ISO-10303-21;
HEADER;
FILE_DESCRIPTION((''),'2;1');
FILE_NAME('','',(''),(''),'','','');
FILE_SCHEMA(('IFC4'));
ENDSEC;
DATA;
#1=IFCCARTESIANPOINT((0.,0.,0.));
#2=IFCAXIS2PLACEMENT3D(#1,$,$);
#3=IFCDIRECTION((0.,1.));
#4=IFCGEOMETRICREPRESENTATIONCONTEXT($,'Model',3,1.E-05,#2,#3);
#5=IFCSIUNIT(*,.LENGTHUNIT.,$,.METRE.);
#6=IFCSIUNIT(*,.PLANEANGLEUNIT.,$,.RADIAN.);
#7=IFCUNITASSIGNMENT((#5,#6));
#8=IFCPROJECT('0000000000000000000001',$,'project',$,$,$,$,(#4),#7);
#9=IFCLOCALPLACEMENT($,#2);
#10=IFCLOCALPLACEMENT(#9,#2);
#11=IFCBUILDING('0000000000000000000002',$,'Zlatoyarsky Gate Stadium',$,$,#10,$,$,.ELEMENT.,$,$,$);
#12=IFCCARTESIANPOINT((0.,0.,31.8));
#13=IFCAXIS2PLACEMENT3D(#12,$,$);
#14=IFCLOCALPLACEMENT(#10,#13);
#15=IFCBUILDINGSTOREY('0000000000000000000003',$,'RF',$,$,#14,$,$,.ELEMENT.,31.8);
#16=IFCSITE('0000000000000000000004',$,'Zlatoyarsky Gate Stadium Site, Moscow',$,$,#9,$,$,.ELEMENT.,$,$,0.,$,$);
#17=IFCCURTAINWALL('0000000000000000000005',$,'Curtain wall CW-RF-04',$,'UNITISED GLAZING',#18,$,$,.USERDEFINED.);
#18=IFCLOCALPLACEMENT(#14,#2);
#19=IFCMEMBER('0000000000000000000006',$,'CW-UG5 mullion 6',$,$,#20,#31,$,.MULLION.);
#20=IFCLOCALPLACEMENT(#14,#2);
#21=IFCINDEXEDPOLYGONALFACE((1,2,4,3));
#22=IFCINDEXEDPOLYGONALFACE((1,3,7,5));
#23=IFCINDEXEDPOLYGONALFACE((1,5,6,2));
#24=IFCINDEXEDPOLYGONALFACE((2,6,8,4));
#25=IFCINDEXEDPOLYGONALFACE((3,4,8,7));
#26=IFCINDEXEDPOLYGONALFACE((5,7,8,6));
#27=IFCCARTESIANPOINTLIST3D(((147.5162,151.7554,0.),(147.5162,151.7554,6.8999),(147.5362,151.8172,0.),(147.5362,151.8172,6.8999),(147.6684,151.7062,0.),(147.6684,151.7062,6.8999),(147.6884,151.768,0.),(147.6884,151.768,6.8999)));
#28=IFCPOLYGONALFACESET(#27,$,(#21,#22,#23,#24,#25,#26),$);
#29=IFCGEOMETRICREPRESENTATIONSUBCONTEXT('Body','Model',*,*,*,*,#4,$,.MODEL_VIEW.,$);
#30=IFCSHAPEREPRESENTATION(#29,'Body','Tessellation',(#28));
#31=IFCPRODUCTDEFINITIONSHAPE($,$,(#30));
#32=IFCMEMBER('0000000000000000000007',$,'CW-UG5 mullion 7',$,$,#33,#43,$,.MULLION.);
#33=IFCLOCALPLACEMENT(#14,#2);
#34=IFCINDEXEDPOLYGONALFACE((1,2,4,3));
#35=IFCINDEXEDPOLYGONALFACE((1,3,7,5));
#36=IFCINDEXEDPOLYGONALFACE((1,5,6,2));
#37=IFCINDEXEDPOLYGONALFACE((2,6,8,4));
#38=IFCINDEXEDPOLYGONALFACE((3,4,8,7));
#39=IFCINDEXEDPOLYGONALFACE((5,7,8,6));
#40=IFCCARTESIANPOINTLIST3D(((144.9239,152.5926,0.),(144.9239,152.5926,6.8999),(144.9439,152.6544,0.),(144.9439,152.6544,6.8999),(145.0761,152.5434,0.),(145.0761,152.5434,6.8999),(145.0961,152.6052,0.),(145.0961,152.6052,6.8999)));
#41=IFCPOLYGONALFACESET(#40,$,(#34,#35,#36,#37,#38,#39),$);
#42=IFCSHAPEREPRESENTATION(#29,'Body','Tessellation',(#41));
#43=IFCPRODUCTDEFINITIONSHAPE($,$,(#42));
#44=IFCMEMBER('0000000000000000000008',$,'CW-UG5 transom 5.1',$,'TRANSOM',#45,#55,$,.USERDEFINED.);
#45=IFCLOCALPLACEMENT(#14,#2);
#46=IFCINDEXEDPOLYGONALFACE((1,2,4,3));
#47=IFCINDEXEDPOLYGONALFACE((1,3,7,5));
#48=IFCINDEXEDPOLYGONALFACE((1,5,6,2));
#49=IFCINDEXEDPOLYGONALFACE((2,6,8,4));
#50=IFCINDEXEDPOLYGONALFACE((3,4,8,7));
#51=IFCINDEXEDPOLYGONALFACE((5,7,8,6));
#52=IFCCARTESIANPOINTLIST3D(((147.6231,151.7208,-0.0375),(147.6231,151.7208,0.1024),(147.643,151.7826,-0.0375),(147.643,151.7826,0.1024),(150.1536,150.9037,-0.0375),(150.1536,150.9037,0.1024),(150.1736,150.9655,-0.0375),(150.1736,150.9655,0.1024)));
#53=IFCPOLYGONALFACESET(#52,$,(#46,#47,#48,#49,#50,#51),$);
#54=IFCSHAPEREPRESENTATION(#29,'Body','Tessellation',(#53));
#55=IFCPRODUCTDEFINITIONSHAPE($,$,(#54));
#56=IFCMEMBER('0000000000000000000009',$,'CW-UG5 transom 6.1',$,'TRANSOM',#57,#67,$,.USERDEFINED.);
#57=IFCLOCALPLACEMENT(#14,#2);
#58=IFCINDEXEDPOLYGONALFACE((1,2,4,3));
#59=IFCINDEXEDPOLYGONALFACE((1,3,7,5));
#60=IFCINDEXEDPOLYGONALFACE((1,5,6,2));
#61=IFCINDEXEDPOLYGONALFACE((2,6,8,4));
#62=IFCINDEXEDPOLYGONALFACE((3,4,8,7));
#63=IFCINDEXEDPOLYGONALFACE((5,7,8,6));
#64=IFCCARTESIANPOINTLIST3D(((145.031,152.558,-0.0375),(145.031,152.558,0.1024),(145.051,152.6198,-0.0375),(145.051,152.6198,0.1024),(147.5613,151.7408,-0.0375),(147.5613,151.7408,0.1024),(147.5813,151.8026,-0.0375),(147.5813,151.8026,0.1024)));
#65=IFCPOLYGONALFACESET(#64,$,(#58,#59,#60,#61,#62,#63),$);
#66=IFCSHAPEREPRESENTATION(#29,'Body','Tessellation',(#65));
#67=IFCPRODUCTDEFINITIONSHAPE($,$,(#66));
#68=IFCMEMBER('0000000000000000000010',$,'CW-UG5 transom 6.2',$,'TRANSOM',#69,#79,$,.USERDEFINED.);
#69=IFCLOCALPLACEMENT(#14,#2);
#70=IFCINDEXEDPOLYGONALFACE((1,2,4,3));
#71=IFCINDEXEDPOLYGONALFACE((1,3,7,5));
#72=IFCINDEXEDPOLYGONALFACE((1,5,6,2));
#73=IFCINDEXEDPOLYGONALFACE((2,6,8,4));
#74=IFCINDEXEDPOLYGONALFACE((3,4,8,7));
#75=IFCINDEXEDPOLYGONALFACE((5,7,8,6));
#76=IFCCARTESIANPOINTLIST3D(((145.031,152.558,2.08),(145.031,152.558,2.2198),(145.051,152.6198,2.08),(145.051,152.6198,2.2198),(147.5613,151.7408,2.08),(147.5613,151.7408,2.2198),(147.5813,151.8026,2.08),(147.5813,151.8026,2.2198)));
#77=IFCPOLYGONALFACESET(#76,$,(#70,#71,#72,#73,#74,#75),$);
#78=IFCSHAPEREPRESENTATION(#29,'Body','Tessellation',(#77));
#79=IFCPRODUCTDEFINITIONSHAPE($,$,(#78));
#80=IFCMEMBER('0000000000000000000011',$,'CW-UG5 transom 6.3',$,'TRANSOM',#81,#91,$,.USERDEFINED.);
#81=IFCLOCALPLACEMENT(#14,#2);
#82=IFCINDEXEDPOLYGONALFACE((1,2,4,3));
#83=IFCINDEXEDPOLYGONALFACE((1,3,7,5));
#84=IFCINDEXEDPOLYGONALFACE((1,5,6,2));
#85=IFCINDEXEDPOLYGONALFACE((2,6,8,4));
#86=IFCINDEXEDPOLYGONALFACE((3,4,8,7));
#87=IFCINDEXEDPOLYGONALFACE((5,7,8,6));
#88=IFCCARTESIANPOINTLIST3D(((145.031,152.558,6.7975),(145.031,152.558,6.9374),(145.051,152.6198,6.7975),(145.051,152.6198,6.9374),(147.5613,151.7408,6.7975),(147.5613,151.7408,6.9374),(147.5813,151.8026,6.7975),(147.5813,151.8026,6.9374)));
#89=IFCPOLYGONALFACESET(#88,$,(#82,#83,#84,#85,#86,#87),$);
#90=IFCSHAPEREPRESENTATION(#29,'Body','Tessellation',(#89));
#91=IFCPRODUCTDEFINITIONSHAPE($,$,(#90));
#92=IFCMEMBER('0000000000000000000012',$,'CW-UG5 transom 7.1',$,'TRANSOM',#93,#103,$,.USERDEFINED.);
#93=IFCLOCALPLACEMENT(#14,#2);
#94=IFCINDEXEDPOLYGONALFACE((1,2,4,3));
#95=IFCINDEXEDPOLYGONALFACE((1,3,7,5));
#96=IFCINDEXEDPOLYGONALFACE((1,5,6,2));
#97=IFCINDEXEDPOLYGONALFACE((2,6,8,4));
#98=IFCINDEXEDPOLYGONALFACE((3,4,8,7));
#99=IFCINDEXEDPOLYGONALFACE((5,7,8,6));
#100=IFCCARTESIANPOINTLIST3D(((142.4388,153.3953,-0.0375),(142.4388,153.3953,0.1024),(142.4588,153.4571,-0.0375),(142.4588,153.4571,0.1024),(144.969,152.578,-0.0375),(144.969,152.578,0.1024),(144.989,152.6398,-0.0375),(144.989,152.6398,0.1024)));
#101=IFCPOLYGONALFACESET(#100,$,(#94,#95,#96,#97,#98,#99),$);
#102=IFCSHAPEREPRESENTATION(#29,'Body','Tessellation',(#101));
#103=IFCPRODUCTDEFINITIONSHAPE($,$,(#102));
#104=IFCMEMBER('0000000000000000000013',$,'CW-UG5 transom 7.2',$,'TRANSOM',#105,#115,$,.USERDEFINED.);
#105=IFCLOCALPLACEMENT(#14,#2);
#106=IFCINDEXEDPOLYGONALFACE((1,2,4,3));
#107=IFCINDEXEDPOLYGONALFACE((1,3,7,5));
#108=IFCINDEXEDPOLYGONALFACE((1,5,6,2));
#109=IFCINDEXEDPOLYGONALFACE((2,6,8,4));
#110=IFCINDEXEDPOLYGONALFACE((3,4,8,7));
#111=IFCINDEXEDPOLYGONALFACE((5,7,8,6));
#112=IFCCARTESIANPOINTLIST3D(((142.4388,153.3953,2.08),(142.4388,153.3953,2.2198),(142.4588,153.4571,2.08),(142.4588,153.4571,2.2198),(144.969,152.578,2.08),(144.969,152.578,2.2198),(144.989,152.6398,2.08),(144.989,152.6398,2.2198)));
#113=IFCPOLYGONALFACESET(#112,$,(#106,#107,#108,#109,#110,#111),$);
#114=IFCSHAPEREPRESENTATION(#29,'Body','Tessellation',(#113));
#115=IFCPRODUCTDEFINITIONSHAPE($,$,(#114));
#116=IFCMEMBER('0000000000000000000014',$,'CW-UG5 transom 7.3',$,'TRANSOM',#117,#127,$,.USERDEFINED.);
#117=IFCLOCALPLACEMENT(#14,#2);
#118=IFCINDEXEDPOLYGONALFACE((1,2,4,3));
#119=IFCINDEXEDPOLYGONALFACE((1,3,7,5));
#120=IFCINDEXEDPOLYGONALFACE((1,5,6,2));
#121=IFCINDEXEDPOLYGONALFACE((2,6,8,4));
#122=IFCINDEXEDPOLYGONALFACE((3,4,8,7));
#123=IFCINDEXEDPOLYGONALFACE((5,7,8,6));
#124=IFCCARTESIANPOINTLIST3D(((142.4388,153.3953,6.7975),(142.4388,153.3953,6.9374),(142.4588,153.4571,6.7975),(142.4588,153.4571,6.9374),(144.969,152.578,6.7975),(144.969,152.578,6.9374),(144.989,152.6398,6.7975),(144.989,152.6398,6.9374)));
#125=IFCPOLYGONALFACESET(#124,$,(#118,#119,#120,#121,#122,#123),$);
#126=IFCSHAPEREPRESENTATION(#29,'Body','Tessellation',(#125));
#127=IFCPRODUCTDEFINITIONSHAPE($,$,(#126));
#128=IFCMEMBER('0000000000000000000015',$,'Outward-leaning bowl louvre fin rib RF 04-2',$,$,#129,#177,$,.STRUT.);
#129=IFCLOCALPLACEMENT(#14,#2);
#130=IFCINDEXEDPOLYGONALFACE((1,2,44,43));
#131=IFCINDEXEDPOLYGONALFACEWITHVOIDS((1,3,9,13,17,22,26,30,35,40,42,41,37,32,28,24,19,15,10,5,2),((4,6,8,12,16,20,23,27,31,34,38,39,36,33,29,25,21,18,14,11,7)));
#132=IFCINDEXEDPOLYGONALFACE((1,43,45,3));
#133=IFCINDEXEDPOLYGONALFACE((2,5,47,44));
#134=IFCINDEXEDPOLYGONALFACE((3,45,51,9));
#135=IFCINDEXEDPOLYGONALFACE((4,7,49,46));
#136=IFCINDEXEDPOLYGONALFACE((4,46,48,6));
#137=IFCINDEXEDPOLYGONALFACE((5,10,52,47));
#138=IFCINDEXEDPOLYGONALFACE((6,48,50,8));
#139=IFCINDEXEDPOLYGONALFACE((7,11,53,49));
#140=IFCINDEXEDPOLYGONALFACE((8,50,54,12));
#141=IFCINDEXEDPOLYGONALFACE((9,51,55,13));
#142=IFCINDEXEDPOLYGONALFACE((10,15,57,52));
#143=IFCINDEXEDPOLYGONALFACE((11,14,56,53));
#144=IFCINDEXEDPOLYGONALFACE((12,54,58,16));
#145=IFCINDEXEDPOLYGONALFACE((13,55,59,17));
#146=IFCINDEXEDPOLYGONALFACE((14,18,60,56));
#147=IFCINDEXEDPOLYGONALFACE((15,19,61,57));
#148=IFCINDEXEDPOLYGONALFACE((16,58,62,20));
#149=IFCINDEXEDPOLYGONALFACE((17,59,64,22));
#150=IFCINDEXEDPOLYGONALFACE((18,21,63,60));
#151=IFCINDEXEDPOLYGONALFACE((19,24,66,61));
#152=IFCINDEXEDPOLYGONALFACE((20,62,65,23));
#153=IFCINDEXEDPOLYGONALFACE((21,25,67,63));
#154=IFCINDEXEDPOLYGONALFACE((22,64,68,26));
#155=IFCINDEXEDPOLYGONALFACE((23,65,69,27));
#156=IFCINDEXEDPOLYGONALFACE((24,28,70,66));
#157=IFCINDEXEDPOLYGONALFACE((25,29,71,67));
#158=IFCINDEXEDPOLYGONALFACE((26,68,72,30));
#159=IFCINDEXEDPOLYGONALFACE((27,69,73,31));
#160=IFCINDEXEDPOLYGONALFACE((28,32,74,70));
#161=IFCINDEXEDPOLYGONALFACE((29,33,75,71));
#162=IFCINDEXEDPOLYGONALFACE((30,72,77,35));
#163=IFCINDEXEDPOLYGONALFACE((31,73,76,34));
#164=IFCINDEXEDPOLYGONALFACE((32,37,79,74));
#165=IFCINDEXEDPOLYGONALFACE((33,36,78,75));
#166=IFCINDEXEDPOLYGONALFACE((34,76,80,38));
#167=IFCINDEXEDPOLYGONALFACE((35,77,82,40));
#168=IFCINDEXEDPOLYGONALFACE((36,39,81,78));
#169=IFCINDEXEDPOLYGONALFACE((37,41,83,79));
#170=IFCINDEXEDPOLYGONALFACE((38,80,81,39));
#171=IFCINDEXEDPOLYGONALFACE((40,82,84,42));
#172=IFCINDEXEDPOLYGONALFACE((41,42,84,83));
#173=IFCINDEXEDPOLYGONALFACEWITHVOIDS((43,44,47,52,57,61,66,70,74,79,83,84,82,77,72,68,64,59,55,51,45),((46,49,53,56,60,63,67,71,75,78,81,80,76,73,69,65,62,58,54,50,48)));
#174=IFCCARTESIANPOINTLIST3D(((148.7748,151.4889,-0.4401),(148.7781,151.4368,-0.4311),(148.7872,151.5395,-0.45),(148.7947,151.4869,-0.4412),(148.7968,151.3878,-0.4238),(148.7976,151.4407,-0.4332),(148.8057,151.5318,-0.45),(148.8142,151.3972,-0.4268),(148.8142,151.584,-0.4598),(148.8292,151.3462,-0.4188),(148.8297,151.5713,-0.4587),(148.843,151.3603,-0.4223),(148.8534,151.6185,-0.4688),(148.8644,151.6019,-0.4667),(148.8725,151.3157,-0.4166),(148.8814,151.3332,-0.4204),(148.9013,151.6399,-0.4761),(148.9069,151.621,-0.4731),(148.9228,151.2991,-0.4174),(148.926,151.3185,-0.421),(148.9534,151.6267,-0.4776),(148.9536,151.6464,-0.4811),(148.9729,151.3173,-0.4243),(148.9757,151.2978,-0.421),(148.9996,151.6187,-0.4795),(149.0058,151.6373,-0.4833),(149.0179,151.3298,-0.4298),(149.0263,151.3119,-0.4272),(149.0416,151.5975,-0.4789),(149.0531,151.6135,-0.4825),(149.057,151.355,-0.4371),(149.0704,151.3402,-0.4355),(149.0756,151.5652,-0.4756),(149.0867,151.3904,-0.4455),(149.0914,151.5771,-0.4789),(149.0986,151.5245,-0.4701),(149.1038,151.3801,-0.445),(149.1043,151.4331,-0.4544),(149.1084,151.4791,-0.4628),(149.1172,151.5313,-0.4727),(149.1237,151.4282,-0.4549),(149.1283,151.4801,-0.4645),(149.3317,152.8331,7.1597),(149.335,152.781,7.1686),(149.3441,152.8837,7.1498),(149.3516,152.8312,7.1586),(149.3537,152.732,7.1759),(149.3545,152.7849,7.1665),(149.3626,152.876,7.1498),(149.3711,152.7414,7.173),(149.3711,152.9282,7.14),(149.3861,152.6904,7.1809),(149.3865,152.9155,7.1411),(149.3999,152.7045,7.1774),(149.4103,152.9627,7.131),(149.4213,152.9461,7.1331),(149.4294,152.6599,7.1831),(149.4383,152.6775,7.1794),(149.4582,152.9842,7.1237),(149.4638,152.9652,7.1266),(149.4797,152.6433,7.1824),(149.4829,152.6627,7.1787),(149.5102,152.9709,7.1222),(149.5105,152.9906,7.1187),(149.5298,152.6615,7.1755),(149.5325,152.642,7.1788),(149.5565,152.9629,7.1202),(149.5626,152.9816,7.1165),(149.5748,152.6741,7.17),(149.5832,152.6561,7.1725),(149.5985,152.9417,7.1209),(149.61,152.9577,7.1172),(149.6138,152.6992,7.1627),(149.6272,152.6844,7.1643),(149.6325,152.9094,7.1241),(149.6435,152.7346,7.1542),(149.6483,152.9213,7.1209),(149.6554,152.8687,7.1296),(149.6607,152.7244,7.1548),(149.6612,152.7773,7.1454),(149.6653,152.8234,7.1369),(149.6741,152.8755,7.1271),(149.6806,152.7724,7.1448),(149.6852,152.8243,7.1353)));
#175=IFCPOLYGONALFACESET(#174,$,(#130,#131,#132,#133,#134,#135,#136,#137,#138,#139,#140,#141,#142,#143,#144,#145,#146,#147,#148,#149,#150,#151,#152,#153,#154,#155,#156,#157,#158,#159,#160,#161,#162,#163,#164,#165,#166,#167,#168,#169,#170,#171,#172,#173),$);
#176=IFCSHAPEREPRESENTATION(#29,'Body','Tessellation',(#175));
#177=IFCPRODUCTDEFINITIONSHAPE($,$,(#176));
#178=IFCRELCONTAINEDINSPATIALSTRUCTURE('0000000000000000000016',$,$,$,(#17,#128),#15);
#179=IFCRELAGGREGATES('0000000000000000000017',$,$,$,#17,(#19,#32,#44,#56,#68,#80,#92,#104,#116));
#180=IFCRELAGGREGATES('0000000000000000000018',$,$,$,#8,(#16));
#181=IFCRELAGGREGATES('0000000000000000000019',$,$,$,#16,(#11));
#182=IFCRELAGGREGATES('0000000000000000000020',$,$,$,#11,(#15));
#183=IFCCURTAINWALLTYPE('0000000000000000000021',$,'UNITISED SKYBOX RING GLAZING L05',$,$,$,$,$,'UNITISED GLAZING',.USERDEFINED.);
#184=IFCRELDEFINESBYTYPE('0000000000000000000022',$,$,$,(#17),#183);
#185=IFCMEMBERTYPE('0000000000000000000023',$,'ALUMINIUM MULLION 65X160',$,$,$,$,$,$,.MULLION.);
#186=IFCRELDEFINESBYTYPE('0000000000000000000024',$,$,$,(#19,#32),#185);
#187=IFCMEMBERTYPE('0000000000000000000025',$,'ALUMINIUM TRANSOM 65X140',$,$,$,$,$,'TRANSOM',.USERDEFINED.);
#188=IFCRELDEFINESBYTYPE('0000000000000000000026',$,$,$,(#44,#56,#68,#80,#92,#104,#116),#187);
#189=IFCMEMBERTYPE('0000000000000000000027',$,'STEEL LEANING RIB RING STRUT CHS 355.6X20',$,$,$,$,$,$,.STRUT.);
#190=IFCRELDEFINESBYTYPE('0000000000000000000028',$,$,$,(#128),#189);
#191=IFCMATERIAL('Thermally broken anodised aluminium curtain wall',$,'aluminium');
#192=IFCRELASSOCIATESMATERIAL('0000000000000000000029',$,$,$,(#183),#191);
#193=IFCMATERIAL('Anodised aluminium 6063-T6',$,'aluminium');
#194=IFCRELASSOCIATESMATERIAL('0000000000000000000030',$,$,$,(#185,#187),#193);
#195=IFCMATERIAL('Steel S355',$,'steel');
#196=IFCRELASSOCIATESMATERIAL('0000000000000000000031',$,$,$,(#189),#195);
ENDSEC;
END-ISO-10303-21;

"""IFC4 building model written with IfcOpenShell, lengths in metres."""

from ifc_helpers import new_model, si_unit, direction, frame, origin, origin_2d, place, context, subcontext, project, spatial, rectangle, hollow_circle, extrude, material, material_profile, profile_set, type_object, element, aggregate, save


model = new_model("IFC4")

# Units and contexts
model_context = context("Model", 3, precision=1e-05, world=origin(), true_north=direction((0.0, 1.0)))
body_context = subcontext(model_context, "Body", "Model", "MODEL_VIEW")
ifc_project = project(units=[si_unit("LENGTHUNIT", "METRE"), si_unit("PLANEANGLEUNIT", "RADIAN")], contexts=[model_context])

# Site, building, storey
site_placement = place(None, origin())
site = spatial("IfcSite", under=ifc_project, at=site_placement, Name="Zlatoyarsky Gate Stadium Site, Moscow", CompositionType="ELEMENT", RefElevation=0.0)
building_placement = place(site_placement, origin())
building = spatial("IfcBuilding", under=site, at=building_placement, Name="Zlatoyarsky Gate Stadium", CompositionType="ELEMENT")
storey_placement = place(building_placement, frame((0.0, 0.0, 31.8)))
storey = spatial("IfcBuildingStorey", under=building, at=storey_placement, Name="RF", CompositionType="ELEMENT", Elevation=31.8)

# Curtain wall, members
ifc_material_1 = material(Name="Thermally broken anodised aluminium curtain wall", Category="aluminium")
curtain_wall_type = type_object("IfcCurtainWallType", Name="UNITISED SKYBOX RING GLAZING L05", ElementType="UNITISED GLAZING", PredefinedType="USERDEFINED", material=ifc_material_1)
curtain_wall_placement = place(storey_placement, origin())
curtain_wall = element("IfcCurtainWall", 1, at=curtain_wall_placement, inside=storey, type_object=curtain_wall_type, Name="Curtain wall CW-RF-04", ObjectType="UNITISED GLAZING", PredefinedType="USERDEFINED")
ifc_material_2 = material(Name="Anodised aluminium 6063-T6", Category="aluminium")
ifc_material_profile_1 = material_profile(ifc_material_2, rectangle(XDim=0.0649, YDim=0.1599, at=origin_2d()), Name="ALU 65X160")
ifc_profile_set_1 = profile_set([ifc_material_profile_1], Name="Anodised aluminium 6063-T6")
member_type_1 = type_object("IfcMemberType", Name="ALUMINIUM MULLION 65X160", PredefinedType="MULLION", material=ifc_profile_set_1)
member_1_placement = place(storey_placement, frame((147.6023, 151.7617, 0.0), z_axis=(0.0, 0.0, 1.0), x_axis=(-0.307352, -0.951596, 0.0)))
member_1 = element("IfcMember", 2, at=member_1_placement, type_object=member_type_1, Name="CW-UG5 mullion 6", PredefinedType="MULLION", context=body_context, shape_type="SweptSolid", body=[
    extrude(rectangle(XDim=0.0649, YDim=0.1599, at=origin_2d()), origin(), (0.0, 0.0, 1.0), 6.8999),
])
member_2_placement = place(storey_placement, frame((145.01, 152.5989, 0.0), z_axis=(0.0, 0.0, 1.0), x_axis=(-0.307352, -0.951596, 0.0)))
member_2 = element("IfcMember", 3, at=member_2_placement, type_object=member_type_1, Name="CW-UG5 mullion 7", PredefinedType="MULLION", context=body_context, shape_type="SweptSolid", body=[
    extrude(rectangle(XDim=0.0649, YDim=0.1599, at=origin_2d()), origin(), (0.0, 0.0, 1.0), 6.8999),
])
ifc_material_profile_2 = material_profile(ifc_material_2, rectangle(XDim=0.0649, YDim=0.1399, at=origin_2d()), Name="ALU 65X140")
ifc_profile_set_2 = profile_set([ifc_material_profile_2], Name="Anodised aluminium 6063-T6")
member_type_2 = type_object("IfcMemberType", Name="ALUMINIUM TRANSOM 65X140", ElementType="TRANSOM", PredefinedType="USERDEFINED", material=ifc_profile_set_2)
member_3_placement = place(storey_placement, frame((150.1636, 150.9346, 0.0325), z_axis=(-0.951616, 0.30729, 0.0), x_axis=(-0.30729, -0.951616, 0.0)))
member_3 = element("IfcMember", 4, at=member_3_placement, type_object=member_type_2, Name="CW-UG5 transom 5.1", ObjectType="TRANSOM", PredefinedType="USERDEFINED", context=body_context, shape_type="SweptSolid", body=[
    extrude(rectangle(XDim=0.0649, YDim=0.1399, at=origin_2d()), origin(), (0.0, 0.0, 1.0), 2.6592),
])
member_4_placement = place(storey_placement, frame((147.5713, 151.7717, 0.0325), z_axis=(-0.951607, 0.307317, 0.0), x_axis=(-0.307317, -0.951607, 0.0)))
member_4 = element("IfcMember", 5, at=member_4_placement, type_object=member_type_2, Name="CW-UG5 transom 6.1", ObjectType="TRANSOM", PredefinedType="USERDEFINED", context=body_context, shape_type="SweptSolid", body=[
    extrude(rectangle(XDim=0.0649, YDim=0.1399, at=origin_2d()), origin(), (0.0, 0.0, 1.0), 2.6589),
])
member_5_placement = place(storey_placement, frame((147.5713, 151.7717, 2.1499), z_axis=(-0.951607, 0.307317, 0.0), x_axis=(-0.307317, -0.951607, 0.0)))
member_5 = element("IfcMember", 6, at=member_5_placement, type_object=member_type_2, Name="CW-UG5 transom 6.2", ObjectType="TRANSOM", PredefinedType="USERDEFINED", context=body_context, shape_type="SweptSolid", body=[
    extrude(rectangle(XDim=0.0649, YDim=0.1399, at=origin_2d()), origin(), (0.0, 0.0, 1.0), 2.6589),
])
member_6_placement = place(storey_placement, frame((147.5713, 151.7717, 6.8674), z_axis=(-0.951607, 0.307317, 0.0), x_axis=(-0.307317, -0.951607, 0.0)))
member_6 = element("IfcMember", 7, at=member_6_placement, type_object=member_type_2, Name="CW-UG5 transom 6.3", ObjectType="TRANSOM", PredefinedType="USERDEFINED", context=body_context, shape_type="SweptSolid", body=[
    extrude(rectangle(XDim=0.0649, YDim=0.1399, at=origin_2d()), origin(), (0.0, 0.0, 1.0), 2.6589),
])
member_7_placement = place(storey_placement, frame((144.979, 152.6089, 0.0325), z_axis=(-0.95158, 0.3074, 0.0), x_axis=(-0.3074, -0.95158, 0.0)))
member_7 = element("IfcMember", 8, at=member_7_placement, type_object=member_type_2, Name="CW-UG5 transom 7.1", ObjectType="TRANSOM", PredefinedType="USERDEFINED", context=body_context, shape_type="SweptSolid", body=[
    extrude(rectangle(XDim=0.0649, YDim=0.1399, at=origin_2d()), origin(), (0.0, 0.0, 1.0), 2.6589),
])
member_8_placement = place(storey_placement, frame((144.979, 152.6089, 2.1499), z_axis=(-0.95158, 0.3074, 0.0), x_axis=(-0.3074, -0.95158, 0.0)))
member_8 = element("IfcMember", 9, at=member_8_placement, type_object=member_type_2, Name="CW-UG5 transom 7.2", ObjectType="TRANSOM", PredefinedType="USERDEFINED", context=body_context, shape_type="SweptSolid", body=[
    extrude(rectangle(XDim=0.0649, YDim=0.1399, at=origin_2d()), origin(), (0.0, 0.0, 1.0), 2.6589),
])
member_9_placement = place(storey_placement, frame((144.979, 152.6089, 6.8674), z_axis=(-0.95158, 0.3074, 0.0), x_axis=(-0.3074, -0.95158, 0.0)))
member_9 = element("IfcMember", 10, at=member_9_placement, type_object=member_type_2, Name="CW-UG5 transom 7.3", ObjectType="TRANSOM", PredefinedType="USERDEFINED", context=body_context, shape_type="SweptSolid", body=[
    extrude(rectangle(XDim=0.0649, YDim=0.1399, at=origin_2d()), origin(), (0.0, 0.0, 1.0), 2.6589),
])

# Member
ifc_material_3 = material(Name="Steel S355", Category="steel")
ifc_material_profile_3 = material_profile(ifc_material_3, hollow_circle(Radius=0.1777, WallThickness=0.02, at=origin_2d()), Name="CHS 355.6X20")
ifc_profile_set_3 = profile_set([ifc_material_profile_3], Name="Steel S355")
member_type_3 = type_object("IfcMemberType", Name="STEEL LEANING RIB RING STRUT CHS 355.6X20", PredefinedType="STRUT", material=ifc_profile_set_3)
member_10_placement = place(storey_placement, frame((148.9514, 151.4714, -0.45), z_axis=(0.071969, 0.173722, 0.982162), x_axis=(-0.923859, 0.382732, 0.0)))
element("IfcMember", 11, at=member_10_placement, inside=storey, type_object=member_type_3, Name="Outward-leaning bowl louvre fin rib RF 04-2", PredefinedType="STRUT", context=body_context, shape_type="SweptSolid", body=[
    extrude(hollow_circle(Radius=0.1777, WallThickness=0.02, at=origin_2d()), origin(), (0.0, 0.0, 1.0), 7.7378),
])

aggregate(curtain_wall, [member_1, member_2, member_3, member_4, member_5, member_6, member_7, member_8, member_9])

save(model, "model.ifc")
